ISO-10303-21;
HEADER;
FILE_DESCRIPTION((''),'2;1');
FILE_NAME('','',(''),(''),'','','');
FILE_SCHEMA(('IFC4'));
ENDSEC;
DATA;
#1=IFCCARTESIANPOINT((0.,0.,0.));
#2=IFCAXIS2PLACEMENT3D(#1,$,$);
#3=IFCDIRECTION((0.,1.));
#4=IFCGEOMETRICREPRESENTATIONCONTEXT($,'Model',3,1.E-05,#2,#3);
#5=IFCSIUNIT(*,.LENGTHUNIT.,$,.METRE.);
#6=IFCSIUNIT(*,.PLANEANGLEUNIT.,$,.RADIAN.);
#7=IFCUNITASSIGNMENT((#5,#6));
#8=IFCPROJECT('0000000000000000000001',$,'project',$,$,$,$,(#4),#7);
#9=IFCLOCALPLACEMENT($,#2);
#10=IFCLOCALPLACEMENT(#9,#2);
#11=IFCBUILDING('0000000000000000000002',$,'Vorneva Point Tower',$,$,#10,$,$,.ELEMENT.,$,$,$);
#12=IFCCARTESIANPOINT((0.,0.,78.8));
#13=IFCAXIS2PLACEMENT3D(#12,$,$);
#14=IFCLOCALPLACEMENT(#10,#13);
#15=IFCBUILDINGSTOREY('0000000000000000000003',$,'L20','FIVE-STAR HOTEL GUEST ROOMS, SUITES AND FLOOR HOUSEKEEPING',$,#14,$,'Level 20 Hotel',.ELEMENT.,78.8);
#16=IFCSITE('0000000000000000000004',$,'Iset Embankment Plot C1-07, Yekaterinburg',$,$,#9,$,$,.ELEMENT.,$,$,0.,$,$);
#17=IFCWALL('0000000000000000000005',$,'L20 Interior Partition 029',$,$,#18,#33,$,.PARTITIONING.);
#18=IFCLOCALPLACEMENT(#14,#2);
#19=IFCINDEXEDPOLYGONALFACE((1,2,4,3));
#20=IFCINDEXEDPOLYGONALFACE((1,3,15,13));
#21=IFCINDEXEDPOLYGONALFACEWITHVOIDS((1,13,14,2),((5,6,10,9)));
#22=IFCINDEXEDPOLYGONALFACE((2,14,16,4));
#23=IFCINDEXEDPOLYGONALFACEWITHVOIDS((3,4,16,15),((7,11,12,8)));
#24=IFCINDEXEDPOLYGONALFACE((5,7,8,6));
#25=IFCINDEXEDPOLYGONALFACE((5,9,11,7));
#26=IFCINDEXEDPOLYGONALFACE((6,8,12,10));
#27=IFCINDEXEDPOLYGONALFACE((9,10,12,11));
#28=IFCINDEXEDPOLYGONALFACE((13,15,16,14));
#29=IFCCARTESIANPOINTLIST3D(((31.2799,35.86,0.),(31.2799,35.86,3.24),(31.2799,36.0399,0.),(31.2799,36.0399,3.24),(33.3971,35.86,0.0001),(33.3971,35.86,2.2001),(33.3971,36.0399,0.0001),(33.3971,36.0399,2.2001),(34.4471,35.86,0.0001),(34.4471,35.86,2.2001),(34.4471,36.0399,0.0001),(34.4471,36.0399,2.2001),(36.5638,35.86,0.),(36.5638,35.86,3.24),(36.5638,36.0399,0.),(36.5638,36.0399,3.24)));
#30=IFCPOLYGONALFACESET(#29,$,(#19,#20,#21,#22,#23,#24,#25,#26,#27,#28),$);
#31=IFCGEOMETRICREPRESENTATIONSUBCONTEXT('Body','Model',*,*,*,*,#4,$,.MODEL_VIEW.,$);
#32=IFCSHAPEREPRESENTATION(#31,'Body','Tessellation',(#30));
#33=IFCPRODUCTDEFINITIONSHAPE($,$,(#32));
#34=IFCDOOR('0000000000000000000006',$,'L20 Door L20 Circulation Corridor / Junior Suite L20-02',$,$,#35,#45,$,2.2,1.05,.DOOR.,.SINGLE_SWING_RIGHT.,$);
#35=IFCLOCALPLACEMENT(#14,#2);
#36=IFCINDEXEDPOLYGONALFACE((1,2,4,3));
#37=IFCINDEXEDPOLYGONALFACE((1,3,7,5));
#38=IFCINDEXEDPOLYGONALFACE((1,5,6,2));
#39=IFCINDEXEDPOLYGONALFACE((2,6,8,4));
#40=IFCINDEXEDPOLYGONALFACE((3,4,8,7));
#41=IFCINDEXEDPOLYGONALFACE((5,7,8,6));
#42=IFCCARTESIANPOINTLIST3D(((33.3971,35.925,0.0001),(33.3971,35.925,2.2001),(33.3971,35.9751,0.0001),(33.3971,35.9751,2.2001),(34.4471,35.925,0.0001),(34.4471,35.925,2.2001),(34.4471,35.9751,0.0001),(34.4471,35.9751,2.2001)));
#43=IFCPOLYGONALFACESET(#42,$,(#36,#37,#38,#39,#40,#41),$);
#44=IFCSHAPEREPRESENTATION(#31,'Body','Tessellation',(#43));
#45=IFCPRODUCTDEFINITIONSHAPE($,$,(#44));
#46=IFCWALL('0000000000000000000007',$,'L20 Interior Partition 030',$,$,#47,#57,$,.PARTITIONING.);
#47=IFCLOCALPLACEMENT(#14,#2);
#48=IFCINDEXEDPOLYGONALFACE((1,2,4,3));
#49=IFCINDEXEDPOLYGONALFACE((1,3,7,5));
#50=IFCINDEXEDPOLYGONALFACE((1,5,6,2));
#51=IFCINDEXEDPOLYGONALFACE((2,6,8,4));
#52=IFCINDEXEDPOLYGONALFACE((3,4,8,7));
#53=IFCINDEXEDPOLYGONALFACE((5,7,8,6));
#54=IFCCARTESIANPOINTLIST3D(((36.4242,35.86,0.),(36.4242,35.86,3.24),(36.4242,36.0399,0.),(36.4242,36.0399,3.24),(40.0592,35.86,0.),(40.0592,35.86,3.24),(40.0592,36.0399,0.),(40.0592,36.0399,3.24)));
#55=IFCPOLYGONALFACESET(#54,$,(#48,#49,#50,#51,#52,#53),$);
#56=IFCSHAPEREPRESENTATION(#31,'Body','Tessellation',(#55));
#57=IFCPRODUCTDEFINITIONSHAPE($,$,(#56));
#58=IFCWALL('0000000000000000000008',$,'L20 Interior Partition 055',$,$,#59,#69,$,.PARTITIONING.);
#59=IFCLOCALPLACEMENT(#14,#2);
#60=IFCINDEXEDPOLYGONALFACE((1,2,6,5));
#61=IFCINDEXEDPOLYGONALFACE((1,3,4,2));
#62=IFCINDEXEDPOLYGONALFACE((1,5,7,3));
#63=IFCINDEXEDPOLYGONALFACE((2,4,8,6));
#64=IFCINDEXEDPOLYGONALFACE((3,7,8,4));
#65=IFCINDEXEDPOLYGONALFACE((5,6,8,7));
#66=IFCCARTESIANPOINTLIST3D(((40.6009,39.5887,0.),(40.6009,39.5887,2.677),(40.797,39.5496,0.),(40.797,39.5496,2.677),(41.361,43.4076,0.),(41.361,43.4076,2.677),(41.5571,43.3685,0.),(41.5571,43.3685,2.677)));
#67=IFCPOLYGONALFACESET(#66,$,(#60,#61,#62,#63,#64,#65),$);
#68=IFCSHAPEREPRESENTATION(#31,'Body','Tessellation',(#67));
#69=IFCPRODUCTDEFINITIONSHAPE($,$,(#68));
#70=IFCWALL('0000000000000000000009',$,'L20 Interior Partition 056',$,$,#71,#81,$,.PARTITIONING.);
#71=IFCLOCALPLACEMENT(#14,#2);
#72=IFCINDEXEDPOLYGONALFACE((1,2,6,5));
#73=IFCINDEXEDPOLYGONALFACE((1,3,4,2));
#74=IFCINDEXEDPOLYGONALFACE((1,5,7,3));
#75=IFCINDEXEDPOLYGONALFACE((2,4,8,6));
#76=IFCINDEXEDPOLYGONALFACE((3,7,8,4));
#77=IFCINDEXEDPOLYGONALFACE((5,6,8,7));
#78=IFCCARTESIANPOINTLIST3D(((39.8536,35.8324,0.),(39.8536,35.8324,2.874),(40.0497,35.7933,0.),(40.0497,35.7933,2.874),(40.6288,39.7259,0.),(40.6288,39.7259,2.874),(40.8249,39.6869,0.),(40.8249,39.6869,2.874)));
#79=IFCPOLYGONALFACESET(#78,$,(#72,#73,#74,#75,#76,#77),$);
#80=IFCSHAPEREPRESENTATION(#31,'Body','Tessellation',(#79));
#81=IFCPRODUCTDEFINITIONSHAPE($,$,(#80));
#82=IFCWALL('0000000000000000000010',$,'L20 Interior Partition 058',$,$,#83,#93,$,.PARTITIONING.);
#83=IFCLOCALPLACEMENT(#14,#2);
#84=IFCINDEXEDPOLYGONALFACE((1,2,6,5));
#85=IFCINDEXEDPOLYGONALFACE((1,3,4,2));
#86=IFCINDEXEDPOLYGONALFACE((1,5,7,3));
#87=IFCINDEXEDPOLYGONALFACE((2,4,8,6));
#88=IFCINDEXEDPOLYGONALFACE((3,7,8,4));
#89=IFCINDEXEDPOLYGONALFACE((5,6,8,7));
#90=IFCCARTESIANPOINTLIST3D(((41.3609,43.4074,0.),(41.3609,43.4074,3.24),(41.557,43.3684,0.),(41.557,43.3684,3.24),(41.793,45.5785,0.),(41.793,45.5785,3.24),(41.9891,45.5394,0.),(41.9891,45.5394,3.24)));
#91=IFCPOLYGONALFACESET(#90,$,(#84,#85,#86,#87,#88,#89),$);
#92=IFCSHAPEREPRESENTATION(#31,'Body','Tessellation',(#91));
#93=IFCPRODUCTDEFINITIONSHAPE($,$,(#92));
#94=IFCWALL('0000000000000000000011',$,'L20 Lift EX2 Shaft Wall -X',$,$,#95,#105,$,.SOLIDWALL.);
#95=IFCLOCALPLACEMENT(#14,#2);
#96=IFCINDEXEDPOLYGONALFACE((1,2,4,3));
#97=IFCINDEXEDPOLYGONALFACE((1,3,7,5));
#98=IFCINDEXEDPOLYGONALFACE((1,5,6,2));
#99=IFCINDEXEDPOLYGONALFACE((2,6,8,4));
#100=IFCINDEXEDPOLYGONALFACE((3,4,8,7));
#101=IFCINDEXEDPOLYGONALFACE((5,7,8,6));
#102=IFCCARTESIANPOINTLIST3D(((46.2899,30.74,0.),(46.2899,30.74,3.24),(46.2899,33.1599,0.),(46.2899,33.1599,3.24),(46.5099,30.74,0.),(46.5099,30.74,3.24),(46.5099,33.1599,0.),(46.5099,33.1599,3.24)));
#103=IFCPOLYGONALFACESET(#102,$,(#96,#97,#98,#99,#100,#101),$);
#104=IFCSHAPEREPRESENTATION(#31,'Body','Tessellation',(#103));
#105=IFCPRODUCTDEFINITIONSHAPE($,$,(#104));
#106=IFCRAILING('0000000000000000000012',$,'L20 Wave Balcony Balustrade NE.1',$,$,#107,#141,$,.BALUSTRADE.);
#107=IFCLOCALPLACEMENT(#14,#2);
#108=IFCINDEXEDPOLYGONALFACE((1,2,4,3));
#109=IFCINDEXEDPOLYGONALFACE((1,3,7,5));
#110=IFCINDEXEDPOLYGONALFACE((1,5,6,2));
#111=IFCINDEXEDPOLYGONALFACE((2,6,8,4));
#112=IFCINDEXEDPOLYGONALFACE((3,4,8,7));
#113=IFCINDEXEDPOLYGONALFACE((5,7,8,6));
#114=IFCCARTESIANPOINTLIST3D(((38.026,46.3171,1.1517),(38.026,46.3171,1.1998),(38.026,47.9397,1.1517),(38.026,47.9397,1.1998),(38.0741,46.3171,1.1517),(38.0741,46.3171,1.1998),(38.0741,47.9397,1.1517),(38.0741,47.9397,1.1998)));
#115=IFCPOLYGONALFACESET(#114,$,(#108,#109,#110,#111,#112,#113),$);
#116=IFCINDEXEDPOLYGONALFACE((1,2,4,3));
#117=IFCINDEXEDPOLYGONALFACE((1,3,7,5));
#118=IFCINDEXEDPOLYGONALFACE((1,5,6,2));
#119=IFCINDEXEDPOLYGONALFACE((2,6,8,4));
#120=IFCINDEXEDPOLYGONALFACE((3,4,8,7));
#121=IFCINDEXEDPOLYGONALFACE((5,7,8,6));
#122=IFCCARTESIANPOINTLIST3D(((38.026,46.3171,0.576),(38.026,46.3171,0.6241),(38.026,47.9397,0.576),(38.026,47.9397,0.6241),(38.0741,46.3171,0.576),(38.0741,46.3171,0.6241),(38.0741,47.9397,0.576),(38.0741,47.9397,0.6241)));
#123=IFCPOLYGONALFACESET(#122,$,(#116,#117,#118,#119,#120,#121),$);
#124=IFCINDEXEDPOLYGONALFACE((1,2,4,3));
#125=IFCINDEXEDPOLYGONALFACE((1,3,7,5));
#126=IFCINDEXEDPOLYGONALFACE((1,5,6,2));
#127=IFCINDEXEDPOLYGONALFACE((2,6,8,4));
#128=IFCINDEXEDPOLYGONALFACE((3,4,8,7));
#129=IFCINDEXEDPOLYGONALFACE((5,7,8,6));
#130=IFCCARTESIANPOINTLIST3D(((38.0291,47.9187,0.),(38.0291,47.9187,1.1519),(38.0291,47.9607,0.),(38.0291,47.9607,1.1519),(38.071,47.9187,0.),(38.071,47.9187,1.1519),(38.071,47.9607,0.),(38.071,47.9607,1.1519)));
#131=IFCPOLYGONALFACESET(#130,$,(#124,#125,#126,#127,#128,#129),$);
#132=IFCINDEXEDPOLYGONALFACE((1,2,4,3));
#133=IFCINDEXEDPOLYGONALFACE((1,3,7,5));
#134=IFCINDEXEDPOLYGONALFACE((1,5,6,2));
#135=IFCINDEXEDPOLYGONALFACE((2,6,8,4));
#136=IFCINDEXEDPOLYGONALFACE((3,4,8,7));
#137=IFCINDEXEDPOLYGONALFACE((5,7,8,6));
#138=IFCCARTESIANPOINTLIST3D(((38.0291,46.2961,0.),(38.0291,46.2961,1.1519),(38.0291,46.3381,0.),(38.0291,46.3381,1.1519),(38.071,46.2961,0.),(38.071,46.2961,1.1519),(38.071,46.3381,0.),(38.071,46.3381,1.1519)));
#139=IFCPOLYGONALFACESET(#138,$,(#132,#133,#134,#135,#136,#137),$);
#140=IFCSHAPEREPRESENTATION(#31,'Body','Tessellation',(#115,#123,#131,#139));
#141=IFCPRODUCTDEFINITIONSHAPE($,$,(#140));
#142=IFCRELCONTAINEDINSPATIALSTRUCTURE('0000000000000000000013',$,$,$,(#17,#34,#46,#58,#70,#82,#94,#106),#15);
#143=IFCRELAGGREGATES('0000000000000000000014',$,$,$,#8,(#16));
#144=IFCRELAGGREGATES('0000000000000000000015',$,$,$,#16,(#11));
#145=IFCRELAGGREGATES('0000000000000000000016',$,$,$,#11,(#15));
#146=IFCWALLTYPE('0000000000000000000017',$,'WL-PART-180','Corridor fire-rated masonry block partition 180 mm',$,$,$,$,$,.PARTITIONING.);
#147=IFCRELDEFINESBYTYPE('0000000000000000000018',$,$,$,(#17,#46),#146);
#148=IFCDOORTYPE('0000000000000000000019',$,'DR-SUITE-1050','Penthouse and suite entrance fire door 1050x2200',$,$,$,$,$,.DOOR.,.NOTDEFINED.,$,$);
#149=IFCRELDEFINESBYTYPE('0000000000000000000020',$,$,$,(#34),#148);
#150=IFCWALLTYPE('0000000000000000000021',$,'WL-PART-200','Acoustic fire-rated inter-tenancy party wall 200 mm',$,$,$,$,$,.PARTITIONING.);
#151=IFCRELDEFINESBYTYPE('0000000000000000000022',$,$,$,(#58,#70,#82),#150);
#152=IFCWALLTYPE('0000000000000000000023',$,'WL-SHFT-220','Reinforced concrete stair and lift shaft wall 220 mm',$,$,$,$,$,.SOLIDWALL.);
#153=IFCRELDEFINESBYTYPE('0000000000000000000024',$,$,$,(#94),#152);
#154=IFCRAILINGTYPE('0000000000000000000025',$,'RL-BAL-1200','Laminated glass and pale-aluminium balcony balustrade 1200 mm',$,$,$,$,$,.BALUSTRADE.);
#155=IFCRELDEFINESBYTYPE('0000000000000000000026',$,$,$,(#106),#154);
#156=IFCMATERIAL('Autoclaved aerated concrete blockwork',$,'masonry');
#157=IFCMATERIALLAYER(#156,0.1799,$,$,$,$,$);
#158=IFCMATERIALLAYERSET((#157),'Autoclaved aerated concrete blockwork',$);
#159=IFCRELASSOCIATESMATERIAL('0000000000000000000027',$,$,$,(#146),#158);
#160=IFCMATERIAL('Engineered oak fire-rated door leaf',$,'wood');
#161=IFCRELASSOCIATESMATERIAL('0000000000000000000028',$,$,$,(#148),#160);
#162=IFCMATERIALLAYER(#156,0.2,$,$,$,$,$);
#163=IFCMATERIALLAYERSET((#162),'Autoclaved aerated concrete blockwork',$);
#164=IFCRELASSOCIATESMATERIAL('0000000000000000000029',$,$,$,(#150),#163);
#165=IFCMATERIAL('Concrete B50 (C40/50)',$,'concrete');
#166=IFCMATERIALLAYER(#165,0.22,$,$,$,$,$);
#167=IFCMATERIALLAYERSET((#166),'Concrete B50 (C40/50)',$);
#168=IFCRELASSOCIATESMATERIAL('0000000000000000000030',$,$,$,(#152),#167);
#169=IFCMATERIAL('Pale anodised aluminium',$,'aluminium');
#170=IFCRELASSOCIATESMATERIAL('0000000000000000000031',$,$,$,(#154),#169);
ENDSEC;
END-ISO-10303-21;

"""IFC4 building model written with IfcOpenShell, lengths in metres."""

from ifc_helpers import new_model, si_unit, direction, frame, frame_2d, origin, origin_2d, place, context, subcontext, project, spatial, rectangle, extrude, material, layer, layer_set, type_object, element, fill, save


model = new_model("IFC4")

# Units and contexts
model_context = context("Model", 3, precision=1e-05, world=origin(), true_north=direction((0.0, 1.0)))
body_context = subcontext(model_context, "Body", "Model", "MODEL_VIEW")
ifc_project = project(units=[si_unit("LENGTHUNIT", "METRE"), si_unit("PLANEANGLEUNIT", "RADIAN")], contexts=[model_context])

# Site, building, storey
site_placement = place(None, origin())
site = spatial("IfcSite", under=ifc_project, at=site_placement, Name="Iset Embankment Plot C1-07, Yekaterinburg", CompositionType="ELEMENT", RefElevation=0.0)
building_placement = place(site_placement, origin())
building = spatial("IfcBuilding", under=site, at=building_placement, Name="Vorneva Point Tower", CompositionType="ELEMENT")
storey_placement = place(building_placement, frame((0.0, 0.0, 78.8)))
storey = spatial("IfcBuildingStorey", under=building, at=storey_placement, Name="L20", Description="FIVE-STAR HOTEL GUEST ROOMS, SUITES AND FLOOR HOUSEKEEPING", LongName="Level 20 Hotel", CompositionType="ELEMENT", Elevation=78.8)

# Shared definitions
ifc_material_1 = material(Name="Pale anodised aluminium", Category="aluminium")

# Shared definitions
ifc_material_2 = material(Name="Engineered oak fire-rated door leaf", Category="wood")

# Wall, opening, door
ifc_material_3 = material(Name="Autoclaved aerated concrete blockwork", Category="masonry")
ifc_layer_1 = layer(ifc_material_3, 0.1799)
ifc_layer_set_1 = layer_set([ifc_layer_1], Name="Autoclaved aerated concrete blockwork")
wall_type_1 = type_object("IfcWallType", Name="WL-PART-180", Description="Corridor fire-rated masonry block partition 180 mm", PredefinedType="PARTITIONING", material=ifc_layer_set_1)
door_type_1 = type_object("IfcDoorType", Name="DR-SUITE-1050", Description="Penthouse and suite entrance fire door 1050x2200", OperationType="NOTDEFINED", PredefinedType="DOOR", material=ifc_material_2)
wall_1_placement = place(storey_placement, frame((36.564, 35.95, 0.0), z_axis=(0.0, 0.0, 1.0), x_axis=(-1.0, 0.0, 0.0)))
wall_1 = element("IfcWall", 1, at=wall_1_placement, inside=storey, type_object=wall_type_1, Name="L20 Interior Partition 029", PredefinedType="PARTITIONING", context=body_context, shape_type="SweptSolid", body=[
    extrude(rectangle(XDim=5.2839, YDim=0.1799, at=frame_2d((2.6421, 0.0))), origin(), (0.0, 0.0, 1.0), 3.24),
])
opening_1_placement = place(wall_1_placement, frame((2.1169, 0.0, 0.0)))
opening_1 = element("IfcOpeningElement", 2, at=opening_1_placement, cuts=wall_1, PredefinedType="OPENING", context=body_context, shape_type="SweptSolid", body=[
    extrude(rectangle(XDim=1.05, YDim=2.2, at=frame_2d((0.5249, 1.1001))), frame((0.0, 0.105, 0.0), z_axis=(0.0, -1.0, 0.0), x_axis=(1.0, 0.0, 0.0)), (0.0, 0.0, 1.0), 0.2097),
])
door_1_placement = place(opening_1_placement, origin())
door_1 = element("IfcDoor", 3, at=door_1_placement, inside=storey, type_object=door_type_1, Name="L20 Door L20 Circulation Corridor / Junior Suite L20-02", OperationType="SINGLE_SWING_RIGHT", OverallHeight=2.2, OverallWidth=1.05, PredefinedType="DOOR", context=body_context, shape_type="SweptSolid", body=[
    extrude(rectangle(XDim=1.05, YDim=2.2, at=frame_2d((0.5249, 1.1001))), frame((0.0, 0.0249, 0.0), z_axis=(0.0, -1.0, 0.0), x_axis=(1.0, 0.0, 0.0)), (0.0, 0.0, 1.0), 0.05),
])
fill(opening_1, door_1)

# Walls
wall_2_placement = place(storey_placement, frame((40.0591, 35.95, 0.0), z_axis=(0.0, 0.0, 1.0), x_axis=(-1.0, 0.0, 0.0)))
element("IfcWall", 4, at=wall_2_placement, inside=storey, type_object=wall_type_1, Name="L20 Interior Partition 030", PredefinedType="PARTITIONING", context=body_context, shape_type="SweptSolid", body=[
    extrude(rectangle(XDim=3.635, YDim=0.1799, at=frame_2d((1.8174, 0.0))), origin(), (0.0, 0.0, 1.0), 3.24),
])
ifc_layer_2 = layer(ifc_material_3, 0.2)
ifc_layer_set_2 = layer_set([ifc_layer_2], Name="Autoclaved aerated concrete blockwork")
wall_type_2 = type_object("IfcWallType", Name="WL-PART-200", Description="Acoustic fire-rated inter-tenancy party wall 200 mm", PredefinedType="PARTITIONING", material=ifc_layer_set_2)
wall_3_placement = place(storey_placement, frame((41.459, 43.3879, 0.0), z_axis=(0.0, 0.0, 1.0), x_axis=(-0.195188, -0.980766, 0.0)))
element("IfcWall", 5, at=wall_3_placement, inside=storey, type_object=wall_type_2, Name="L20 Interior Partition 055", PredefinedType="PARTITIONING", context=body_context, shape_type="SweptSolid", body=[
    extrude(rectangle(XDim=3.8938, YDim=0.2, at=frame_2d((1.9468, 0.0))), origin(), (0.0, 0.0, 1.0), 2.677),
])
wall_4_placement = place(storey_placement, frame((40.7268, 39.7063, 0.0), z_axis=(0.0, 0.0, 1.0), x_axis=(-0.195253, -0.980753, 0.0)))
element("IfcWall", 6, at=wall_4_placement, inside=storey, type_object=wall_type_2, Name="L20 Interior Partition 056", PredefinedType="PARTITIONING", context=body_context, shape_type="SweptSolid", body=[
    extrude(rectangle(XDim=3.97, YDim=0.2, at=frame_2d((1.9849, 0.0))), origin(), (0.0, 0.0, 1.0), 2.874),
])
wall_5_placement = place(storey_placement, frame((41.8911, 45.5591, 0.0), z_axis=(0.0, 0.0, 1.0), x_axis=(-0.195204, -0.980763, 0.0)))
element("IfcWall", 7, at=wall_5_placement, inside=storey, type_object=wall_type_2, Name="L20 Interior Partition 058", PredefinedType="PARTITIONING", context=body_context, shape_type="SweptSolid", body=[
    extrude(rectangle(XDim=2.2136, YDim=0.2, at=frame_2d((1.1069, 0.0))), origin(), (0.0, 0.0, 1.0), 3.24),
])
ifc_material_4 = material(Name="Concrete B50 (C40/50)", Category="concrete")
ifc_layer_3 = layer(ifc_material_4, 0.22)
ifc_layer_set_3 = layer_set([ifc_layer_3], Name="Concrete B50 (C40/50)")
wall_type_3 = type_object("IfcWallType", Name="WL-SHFT-220", Description="Reinforced concrete stair and lift shaft wall 220 mm", PredefinedType="SOLIDWALL", material=ifc_layer_set_3)
wall_6_placement = place(storey_placement, frame((46.3999, 33.1599, 0.0), z_axis=(0.0, 0.0, 1.0), x_axis=(0.0, -1.0, 0.0)))
element("IfcWall", 8, at=wall_6_placement, inside=storey, type_object=wall_type_3, Name="L20 Lift EX2 Shaft Wall -X", PredefinedType="SOLIDWALL", context=body_context, shape_type="SweptSolid", body=[
    extrude(rectangle(XDim=2.4199, YDim=0.22, at=frame_2d((1.21, 0.0))), origin(), (0.0, 0.0, 1.0), 3.24),
])

# Railing
railing_type = type_object("IfcRailingType", Name="RL-BAL-1200", Description="Laminated glass and pale-aluminium balcony balustrade 1200 mm", PredefinedType="BALUSTRADE", material=ifc_material_1)
railing_placement = place(storey_placement, frame((38.05, 47.9397, 0.0)))
element("IfcRailing", 9, at=railing_placement, inside=storey, type_object=railing_type, Name="L20 Wave Balcony Balustrade NE.1", PredefinedType="BALUSTRADE", context=body_context, shape_type="SweptSolid", body=[
    extrude(rectangle(XDim=0.0481, YDim=0.0481, at=origin_2d()), frame((0.0, 0.0, 1.1758), z_axis=(0.0, -1.0, 0.0), x_axis=(1.0, 0.0, 0.0)), (0.0, 0.0, 1.0), 1.6226),
    extrude(rectangle(XDim=0.0481, YDim=0.0481, at=origin_2d()), frame((0.0, 0.0, 0.6001), z_axis=(0.0, -1.0, 0.0), x_axis=(1.0, 0.0, 0.0)), (0.0, 0.0, 1.0), 1.6226),
    extrude(rectangle(XDim=0.042, YDim=0.042, at=origin_2d()), origin(), (0.0, 0.0, 1.0), 1.1519),
    extrude(rectangle(XDim=0.042, YDim=0.042, at=origin_2d()), frame((0.0, -1.6226, 0.0)), (0.0, 0.0, 1.0), 1.1519),
])

save(model, "model.ifc")
